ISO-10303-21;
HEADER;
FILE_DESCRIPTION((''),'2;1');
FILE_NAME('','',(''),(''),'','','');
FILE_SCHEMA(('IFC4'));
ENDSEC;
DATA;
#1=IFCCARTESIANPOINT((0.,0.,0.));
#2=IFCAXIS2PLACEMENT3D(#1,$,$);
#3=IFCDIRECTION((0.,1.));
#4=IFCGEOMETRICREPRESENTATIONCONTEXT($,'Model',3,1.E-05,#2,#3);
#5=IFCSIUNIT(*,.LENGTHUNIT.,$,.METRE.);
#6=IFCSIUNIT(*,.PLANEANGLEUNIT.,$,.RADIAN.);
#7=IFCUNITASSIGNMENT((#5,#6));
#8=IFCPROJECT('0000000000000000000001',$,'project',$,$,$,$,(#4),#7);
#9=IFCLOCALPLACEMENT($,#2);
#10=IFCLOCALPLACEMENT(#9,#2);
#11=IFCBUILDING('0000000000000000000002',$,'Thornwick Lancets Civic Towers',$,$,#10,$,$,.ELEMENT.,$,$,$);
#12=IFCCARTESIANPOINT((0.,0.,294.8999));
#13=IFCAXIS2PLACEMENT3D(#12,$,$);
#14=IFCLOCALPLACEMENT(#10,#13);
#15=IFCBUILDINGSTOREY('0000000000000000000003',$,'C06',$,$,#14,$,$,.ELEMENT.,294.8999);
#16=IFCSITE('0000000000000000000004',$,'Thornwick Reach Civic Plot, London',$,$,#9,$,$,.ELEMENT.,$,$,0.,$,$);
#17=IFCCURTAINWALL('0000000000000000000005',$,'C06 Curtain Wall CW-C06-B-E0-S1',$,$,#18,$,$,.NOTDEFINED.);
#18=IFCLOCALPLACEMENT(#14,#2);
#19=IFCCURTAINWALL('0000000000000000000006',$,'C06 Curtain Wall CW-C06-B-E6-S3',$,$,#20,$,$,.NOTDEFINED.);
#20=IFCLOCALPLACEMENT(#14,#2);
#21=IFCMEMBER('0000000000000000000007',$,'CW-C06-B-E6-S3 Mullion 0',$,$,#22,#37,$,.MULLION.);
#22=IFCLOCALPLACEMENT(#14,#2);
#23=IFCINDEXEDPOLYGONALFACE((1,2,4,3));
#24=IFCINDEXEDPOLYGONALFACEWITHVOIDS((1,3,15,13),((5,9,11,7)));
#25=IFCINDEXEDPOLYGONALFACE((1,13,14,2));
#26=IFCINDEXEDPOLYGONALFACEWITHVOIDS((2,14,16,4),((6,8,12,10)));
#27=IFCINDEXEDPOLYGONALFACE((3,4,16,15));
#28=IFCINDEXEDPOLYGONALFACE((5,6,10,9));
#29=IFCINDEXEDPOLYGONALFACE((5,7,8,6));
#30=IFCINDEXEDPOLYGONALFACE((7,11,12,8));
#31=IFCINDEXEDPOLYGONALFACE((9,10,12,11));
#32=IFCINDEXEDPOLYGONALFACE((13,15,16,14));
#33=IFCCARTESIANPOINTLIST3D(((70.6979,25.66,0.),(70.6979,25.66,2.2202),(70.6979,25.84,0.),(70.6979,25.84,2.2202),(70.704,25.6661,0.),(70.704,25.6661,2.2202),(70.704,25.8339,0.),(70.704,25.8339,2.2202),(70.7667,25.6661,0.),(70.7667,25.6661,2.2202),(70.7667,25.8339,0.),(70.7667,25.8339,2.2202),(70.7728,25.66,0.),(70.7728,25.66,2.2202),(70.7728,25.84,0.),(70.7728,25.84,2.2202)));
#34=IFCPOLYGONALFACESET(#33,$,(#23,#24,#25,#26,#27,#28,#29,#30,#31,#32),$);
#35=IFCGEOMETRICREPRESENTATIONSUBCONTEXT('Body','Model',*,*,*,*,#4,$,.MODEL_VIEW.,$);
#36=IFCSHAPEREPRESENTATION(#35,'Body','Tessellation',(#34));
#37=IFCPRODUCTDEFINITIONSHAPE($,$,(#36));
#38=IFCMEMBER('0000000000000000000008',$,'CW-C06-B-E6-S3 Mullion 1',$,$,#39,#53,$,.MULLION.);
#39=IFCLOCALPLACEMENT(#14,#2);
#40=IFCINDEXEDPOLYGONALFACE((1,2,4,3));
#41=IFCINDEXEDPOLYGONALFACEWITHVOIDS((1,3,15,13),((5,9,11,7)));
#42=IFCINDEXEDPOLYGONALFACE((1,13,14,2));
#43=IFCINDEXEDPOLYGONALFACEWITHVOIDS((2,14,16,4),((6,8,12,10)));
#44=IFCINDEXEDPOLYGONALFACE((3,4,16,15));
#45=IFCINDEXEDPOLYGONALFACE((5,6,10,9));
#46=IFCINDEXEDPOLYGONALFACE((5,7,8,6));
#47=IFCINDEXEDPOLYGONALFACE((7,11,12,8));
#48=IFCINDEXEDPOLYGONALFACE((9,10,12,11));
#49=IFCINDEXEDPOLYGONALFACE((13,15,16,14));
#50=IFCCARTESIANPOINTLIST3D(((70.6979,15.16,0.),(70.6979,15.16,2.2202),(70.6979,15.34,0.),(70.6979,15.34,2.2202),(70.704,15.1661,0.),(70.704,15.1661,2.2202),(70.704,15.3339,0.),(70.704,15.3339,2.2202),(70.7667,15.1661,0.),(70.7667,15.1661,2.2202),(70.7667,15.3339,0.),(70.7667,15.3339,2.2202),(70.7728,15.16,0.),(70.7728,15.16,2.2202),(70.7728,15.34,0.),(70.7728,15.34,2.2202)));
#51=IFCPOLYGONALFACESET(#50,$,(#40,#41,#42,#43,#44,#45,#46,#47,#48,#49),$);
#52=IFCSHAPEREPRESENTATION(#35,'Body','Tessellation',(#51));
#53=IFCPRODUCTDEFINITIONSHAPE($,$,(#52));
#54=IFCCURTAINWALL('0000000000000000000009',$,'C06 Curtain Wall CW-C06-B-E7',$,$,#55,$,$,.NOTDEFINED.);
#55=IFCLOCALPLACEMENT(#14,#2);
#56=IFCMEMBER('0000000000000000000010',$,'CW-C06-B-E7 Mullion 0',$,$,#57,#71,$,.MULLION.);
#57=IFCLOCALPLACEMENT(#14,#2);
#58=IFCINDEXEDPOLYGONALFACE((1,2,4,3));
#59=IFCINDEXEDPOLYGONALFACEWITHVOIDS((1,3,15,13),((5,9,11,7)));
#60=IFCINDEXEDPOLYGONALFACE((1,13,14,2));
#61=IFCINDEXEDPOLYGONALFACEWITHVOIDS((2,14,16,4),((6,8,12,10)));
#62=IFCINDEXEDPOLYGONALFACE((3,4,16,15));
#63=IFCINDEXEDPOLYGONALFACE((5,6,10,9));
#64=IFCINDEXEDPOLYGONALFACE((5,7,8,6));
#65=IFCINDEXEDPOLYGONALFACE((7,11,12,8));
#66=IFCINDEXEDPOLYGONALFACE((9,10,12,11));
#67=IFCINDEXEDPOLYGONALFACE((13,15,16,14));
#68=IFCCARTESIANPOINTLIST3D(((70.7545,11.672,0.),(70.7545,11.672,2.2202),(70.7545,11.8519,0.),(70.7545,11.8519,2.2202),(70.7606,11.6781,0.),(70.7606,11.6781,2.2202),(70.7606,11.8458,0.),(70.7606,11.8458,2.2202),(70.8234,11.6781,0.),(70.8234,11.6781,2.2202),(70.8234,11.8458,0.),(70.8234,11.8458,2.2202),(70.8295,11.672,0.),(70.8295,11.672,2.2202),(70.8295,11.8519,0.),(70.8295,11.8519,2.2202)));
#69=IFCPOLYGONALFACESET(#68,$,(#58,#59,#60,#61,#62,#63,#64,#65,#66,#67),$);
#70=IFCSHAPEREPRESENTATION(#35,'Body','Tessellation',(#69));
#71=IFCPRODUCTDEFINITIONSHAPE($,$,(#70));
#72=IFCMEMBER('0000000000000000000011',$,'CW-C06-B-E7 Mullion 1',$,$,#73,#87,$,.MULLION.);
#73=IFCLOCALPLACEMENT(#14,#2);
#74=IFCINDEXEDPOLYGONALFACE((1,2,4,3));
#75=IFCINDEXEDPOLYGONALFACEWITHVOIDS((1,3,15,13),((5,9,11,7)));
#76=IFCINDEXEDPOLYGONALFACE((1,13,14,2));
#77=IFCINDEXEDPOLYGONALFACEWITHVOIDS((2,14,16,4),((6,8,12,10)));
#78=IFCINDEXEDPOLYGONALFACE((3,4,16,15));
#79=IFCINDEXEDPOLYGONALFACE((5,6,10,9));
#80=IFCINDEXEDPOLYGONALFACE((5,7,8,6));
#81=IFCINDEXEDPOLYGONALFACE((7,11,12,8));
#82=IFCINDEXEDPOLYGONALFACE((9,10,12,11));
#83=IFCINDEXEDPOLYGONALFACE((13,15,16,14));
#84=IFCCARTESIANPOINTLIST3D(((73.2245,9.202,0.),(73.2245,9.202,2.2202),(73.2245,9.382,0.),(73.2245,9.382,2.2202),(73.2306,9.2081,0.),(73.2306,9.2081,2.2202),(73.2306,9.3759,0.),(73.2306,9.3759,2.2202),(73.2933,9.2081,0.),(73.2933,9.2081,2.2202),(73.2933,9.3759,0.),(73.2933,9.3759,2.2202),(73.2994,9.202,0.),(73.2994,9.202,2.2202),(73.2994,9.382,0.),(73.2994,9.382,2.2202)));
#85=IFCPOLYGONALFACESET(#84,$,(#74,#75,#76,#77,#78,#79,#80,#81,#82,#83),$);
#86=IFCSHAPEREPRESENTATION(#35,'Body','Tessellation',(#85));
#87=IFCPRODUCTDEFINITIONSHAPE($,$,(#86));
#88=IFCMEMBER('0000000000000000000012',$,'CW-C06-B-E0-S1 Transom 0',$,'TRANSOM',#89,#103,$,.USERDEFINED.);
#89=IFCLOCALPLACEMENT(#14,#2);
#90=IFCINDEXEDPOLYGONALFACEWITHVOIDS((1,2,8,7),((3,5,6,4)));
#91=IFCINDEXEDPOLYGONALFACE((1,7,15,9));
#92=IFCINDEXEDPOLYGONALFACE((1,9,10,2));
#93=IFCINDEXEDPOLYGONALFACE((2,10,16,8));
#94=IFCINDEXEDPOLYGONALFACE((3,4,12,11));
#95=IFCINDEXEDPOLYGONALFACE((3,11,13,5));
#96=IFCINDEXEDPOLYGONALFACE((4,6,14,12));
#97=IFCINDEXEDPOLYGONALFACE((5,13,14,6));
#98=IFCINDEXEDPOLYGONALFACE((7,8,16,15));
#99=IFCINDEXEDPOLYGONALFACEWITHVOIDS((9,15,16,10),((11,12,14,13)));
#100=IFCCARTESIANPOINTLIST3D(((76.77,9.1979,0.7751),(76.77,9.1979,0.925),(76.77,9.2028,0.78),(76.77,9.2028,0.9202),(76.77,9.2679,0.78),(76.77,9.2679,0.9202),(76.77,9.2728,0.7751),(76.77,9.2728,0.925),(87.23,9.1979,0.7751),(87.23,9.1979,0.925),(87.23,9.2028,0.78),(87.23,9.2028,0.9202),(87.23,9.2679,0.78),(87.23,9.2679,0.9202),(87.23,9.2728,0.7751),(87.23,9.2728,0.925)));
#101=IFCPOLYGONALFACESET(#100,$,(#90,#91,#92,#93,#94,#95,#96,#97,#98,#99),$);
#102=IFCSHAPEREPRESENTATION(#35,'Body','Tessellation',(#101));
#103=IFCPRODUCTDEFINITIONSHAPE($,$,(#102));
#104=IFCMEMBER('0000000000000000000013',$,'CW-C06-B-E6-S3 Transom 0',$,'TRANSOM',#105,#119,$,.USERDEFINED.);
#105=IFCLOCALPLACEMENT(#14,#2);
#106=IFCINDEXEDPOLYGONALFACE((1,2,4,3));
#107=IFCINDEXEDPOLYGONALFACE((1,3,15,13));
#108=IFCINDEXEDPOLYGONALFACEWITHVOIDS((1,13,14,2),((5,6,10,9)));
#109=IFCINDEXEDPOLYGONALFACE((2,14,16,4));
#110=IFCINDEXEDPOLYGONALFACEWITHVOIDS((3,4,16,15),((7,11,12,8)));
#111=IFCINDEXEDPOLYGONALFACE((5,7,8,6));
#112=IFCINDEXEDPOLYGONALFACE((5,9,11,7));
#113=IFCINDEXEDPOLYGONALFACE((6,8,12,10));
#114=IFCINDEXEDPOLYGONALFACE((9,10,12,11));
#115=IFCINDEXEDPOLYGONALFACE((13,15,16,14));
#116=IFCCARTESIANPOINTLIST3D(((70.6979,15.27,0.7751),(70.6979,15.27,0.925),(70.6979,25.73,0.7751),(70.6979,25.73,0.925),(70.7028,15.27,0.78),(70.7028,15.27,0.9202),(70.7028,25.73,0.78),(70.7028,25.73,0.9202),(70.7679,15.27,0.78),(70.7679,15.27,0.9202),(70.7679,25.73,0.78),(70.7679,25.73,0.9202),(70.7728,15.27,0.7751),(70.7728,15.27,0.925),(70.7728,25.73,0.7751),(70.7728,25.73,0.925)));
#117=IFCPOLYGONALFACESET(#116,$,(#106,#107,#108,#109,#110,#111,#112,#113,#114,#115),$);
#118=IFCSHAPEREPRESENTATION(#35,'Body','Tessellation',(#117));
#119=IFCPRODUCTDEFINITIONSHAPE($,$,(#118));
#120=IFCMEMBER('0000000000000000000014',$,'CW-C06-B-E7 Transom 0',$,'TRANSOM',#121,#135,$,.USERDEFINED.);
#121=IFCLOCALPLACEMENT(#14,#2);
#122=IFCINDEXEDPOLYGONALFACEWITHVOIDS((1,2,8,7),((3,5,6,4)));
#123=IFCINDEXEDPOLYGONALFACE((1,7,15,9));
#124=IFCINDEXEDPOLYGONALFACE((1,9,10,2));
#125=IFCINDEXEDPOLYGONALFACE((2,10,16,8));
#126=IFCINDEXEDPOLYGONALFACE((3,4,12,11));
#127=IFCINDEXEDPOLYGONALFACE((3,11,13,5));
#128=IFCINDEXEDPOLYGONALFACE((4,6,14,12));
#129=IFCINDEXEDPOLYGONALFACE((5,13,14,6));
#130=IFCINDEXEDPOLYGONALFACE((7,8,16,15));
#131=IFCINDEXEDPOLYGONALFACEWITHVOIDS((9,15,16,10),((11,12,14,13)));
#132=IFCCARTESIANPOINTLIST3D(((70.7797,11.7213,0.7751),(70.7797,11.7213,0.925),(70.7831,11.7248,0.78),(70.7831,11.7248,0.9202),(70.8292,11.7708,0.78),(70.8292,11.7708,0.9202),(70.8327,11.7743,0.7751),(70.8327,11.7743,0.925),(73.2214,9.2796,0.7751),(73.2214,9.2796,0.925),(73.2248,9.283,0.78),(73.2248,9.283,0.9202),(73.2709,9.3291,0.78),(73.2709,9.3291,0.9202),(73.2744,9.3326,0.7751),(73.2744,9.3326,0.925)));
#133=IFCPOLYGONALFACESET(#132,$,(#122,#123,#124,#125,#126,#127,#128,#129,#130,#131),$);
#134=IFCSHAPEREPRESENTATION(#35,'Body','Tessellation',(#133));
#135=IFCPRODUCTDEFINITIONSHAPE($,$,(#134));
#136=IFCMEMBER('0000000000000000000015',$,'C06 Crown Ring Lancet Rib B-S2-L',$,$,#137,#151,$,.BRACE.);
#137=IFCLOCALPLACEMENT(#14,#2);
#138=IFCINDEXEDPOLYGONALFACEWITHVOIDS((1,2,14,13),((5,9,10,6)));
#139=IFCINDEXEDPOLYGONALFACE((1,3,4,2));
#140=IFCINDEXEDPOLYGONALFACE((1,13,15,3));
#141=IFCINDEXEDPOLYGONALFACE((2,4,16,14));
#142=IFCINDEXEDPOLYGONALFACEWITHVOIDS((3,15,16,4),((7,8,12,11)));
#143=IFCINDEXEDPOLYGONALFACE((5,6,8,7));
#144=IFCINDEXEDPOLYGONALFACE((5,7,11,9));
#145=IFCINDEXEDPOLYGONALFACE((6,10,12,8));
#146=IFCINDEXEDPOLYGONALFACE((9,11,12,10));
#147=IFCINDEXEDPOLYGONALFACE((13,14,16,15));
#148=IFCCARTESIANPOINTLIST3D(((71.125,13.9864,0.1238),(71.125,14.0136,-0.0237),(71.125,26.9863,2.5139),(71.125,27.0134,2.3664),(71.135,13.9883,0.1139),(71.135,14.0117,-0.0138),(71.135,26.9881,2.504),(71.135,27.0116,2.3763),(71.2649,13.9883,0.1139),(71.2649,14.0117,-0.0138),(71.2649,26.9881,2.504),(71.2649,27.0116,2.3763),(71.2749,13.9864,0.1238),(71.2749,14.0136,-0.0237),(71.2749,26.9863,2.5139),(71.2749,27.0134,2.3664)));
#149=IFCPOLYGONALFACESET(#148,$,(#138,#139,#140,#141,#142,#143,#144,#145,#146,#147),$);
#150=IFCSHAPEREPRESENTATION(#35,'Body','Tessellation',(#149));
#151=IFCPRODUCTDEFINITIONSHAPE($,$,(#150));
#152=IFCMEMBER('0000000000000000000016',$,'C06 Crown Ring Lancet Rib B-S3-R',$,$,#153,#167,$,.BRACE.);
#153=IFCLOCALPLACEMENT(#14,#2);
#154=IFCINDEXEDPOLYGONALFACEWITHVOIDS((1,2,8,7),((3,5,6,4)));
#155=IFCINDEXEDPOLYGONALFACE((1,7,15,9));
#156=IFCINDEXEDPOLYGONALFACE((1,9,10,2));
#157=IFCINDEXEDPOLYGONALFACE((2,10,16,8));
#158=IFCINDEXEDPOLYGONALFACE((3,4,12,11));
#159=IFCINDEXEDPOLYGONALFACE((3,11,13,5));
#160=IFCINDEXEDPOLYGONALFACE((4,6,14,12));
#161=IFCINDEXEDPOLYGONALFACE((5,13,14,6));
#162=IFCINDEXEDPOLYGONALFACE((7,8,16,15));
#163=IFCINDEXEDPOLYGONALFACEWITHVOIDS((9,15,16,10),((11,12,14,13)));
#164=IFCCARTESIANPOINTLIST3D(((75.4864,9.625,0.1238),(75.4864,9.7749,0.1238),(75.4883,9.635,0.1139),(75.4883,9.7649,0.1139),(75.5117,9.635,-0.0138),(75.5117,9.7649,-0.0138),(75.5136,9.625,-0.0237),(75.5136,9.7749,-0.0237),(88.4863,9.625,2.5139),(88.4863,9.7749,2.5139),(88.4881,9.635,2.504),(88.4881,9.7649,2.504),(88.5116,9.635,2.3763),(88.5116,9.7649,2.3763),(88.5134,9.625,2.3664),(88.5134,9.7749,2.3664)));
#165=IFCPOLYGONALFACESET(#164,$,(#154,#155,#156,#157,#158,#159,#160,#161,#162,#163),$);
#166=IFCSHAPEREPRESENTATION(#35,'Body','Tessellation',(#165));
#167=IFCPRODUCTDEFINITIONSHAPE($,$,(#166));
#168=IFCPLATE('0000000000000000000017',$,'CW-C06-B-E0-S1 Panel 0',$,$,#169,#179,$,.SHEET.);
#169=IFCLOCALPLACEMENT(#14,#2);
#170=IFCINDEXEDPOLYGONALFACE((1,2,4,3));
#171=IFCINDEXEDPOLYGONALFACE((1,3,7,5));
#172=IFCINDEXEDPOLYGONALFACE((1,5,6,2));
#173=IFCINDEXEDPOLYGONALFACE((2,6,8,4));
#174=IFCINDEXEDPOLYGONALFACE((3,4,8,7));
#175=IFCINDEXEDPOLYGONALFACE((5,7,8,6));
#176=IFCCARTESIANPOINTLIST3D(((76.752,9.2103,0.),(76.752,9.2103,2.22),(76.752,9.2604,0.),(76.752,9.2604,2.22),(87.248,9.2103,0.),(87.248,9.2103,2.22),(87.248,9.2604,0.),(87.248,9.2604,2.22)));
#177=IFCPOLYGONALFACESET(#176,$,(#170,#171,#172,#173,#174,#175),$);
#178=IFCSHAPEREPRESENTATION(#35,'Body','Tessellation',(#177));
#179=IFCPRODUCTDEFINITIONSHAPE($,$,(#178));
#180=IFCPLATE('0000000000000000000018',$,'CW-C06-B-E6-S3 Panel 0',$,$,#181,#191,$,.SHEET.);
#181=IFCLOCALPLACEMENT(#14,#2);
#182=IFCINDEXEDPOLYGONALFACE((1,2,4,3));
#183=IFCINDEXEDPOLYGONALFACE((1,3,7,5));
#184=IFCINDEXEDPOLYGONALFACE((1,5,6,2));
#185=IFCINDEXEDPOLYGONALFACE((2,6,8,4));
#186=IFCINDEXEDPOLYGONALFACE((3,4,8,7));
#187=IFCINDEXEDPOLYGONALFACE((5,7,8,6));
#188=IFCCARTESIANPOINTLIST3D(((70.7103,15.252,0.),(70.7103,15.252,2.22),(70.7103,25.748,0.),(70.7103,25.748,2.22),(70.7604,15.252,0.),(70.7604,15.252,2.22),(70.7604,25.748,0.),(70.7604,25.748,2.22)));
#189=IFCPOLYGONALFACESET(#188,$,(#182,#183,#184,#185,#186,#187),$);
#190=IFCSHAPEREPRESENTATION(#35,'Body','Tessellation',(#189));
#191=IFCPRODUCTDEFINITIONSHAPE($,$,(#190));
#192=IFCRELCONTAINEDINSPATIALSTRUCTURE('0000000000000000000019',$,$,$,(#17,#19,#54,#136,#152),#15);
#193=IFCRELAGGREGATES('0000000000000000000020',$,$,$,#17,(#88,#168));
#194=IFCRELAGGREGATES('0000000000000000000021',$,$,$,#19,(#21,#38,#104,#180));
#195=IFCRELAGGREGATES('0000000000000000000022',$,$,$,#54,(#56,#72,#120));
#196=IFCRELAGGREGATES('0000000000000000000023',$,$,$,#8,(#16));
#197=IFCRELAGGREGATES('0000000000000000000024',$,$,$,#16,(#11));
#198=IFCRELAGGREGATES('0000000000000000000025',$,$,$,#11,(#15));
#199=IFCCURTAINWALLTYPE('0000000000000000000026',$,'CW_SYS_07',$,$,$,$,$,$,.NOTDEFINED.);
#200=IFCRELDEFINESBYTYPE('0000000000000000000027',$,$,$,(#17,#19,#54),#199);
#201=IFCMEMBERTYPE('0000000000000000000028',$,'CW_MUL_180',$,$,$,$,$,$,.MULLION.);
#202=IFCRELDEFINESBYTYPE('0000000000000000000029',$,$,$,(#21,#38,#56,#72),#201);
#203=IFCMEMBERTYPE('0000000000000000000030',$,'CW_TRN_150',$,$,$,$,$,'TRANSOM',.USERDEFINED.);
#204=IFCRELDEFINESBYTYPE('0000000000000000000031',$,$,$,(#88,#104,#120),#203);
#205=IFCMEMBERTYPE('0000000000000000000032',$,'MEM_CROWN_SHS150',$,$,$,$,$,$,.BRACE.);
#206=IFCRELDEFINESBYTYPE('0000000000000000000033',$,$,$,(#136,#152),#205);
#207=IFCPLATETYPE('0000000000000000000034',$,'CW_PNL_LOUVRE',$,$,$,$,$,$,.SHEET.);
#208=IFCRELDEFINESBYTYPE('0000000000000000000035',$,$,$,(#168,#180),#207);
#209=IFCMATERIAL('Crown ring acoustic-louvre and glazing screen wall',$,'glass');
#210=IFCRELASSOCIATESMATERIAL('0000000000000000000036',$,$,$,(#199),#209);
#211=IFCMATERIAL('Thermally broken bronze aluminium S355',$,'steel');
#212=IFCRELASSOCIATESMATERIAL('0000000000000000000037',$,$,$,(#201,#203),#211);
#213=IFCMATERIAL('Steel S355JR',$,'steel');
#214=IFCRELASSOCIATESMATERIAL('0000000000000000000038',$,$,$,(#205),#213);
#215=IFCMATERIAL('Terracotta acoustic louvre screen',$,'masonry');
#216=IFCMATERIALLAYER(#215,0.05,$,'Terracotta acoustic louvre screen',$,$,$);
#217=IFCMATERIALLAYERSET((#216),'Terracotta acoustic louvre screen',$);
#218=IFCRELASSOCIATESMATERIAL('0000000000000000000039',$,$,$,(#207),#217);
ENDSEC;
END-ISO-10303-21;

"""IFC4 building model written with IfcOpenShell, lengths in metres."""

from ifc_helpers import new_model, si_unit, direction, frame, origin, origin_2d, place, context, subcontext, project, spatial, rectangle, hollow_rectangle, extrude, material, layer, layer_set, material_profile, profile_set, type_object, element, aggregate, save


model = new_model("IFC4")

# Units and contexts
model_context = context("Model", 3, precision=1e-05, world=origin(), true_north=direction((0.0, 1.0)))
body_context = subcontext(model_context, "Body", "Model", "MODEL_VIEW")
ifc_project = project(units=[si_unit("LENGTHUNIT", "METRE"), si_unit("PLANEANGLEUNIT", "RADIAN")], contexts=[model_context])

# Site, building, storey
site_placement = place(None, origin())
site = spatial("IfcSite", under=ifc_project, at=site_placement, Name="Thornwick Reach Civic Plot, London", CompositionType="ELEMENT", RefElevation=0.0)
building_placement = place(site_placement, origin())
building = spatial("IfcBuilding", under=site, at=building_placement, Name="Thornwick Lancets Civic Towers", CompositionType="ELEMENT")
storey_placement = place(building_placement, frame((0.0, 0.0, 294.8999)))
storey = spatial("IfcBuildingStorey", under=building, at=storey_placement, Name="C06", CompositionType="ELEMENT", Elevation=294.8999)

# Shared definitions
ifc_material_1 = material(Name="Steel S355JR", Category="steel")

# Curtain walls, members
ifc_material_2 = material(Name="Crown ring acoustic-louvre and glazing screen wall", Category="glass")
curtain_wall_type = type_object("IfcCurtainWallType", Name="CW_SYS_07", PredefinedType="NOTDEFINED", material=ifc_material_2)
curtain_wall_1_placement = place(storey_placement, origin())
curtain_wall_1 = element("IfcCurtainWall", 1, at=curtain_wall_1_placement, inside=storey, type_object=curtain_wall_type, Name="C06 Curtain Wall CW-C06-B-E0-S1", PredefinedType="NOTDEFINED")
ifc_material_3 = material(Name="Thermally broken bronze aluminium S355", Category="steel")
ifc_material_profile_1 = material_profile(ifc_material_3, hollow_rectangle(XDim=0.075, YDim=0.1799, WallThickness=0.0061, at=origin_2d()), Name="RHS 180x75x6")
ifc_profile_set_1 = profile_set([ifc_material_profile_1], Name="Thermally broken bronze aluminium S355")
member_type_1 = type_object("IfcMemberType", Name="CW_MUL_180", PredefinedType="MULLION", material=ifc_profile_set_1)
curtain_wall_2_placement = place(storey_placement, origin())
curtain_wall_2 = element("IfcCurtainWall", 2, at=curtain_wall_2_placement, inside=storey, type_object=curtain_wall_type, Name="C06 Curtain Wall CW-C06-B-E6-S3", PredefinedType="NOTDEFINED")
member_1_placement = place(storey_placement, frame((70.7354, 25.75, 0.0), z_axis=(0.0, 0.0, 1.0), x_axis=(1.0, 0.0, 0.0)))
member_1 = element("IfcMember", 3, at=member_1_placement, type_object=member_type_1, Name="CW-C06-B-E6-S3 Mullion 0", PredefinedType="MULLION", context=body_context, shape_type="SweptSolid", body=[
    extrude(hollow_rectangle(XDim=0.075, YDim=0.1799, WallThickness=0.0061, at=origin_2d()), origin(), (0.0, 0.0, 1.0), 2.2202),
])
member_2_placement = place(storey_placement, frame((70.7354, 15.25, 0.0), z_axis=(0.0, 0.0, 1.0), x_axis=(1.0, 0.0, 0.0)))
member_2 = element("IfcMember", 4, at=member_2_placement, type_object=member_type_1, Name="CW-C06-B-E6-S3 Mullion 1", PredefinedType="MULLION", context=body_context, shape_type="SweptSolid", body=[
    extrude(hollow_rectangle(XDim=0.075, YDim=0.1799, WallThickness=0.0061, at=origin_2d()), origin(), (0.0, 0.0, 1.0), 2.2202),
])
curtain_wall_3_placement = place(storey_placement, origin())
curtain_wall_3 = element("IfcCurtainWall", 5, at=curtain_wall_3_placement, inside=storey, type_object=curtain_wall_type, Name="C06 Curtain Wall CW-C06-B-E7", PredefinedType="NOTDEFINED")
member_3_placement = place(storey_placement, frame((70.792, 11.762, 0.0), z_axis=(0.0, 0.0, 1.0), x_axis=(1.0, 0.0, 0.0)))
member_3 = element("IfcMember", 6, at=member_3_placement, type_object=member_type_1, Name="CW-C06-B-E7 Mullion 0", PredefinedType="MULLION", context=body_context, shape_type="SweptSolid", body=[
    extrude(hollow_rectangle(XDim=0.075, YDim=0.1799, WallThickness=0.0061, at=origin_2d()), origin(), (0.0, 0.0, 1.0), 2.2202),
])
member_4_placement = place(storey_placement, frame((73.262, 9.292, 0.0), z_axis=(0.0, 0.0, 1.0), x_axis=(1.0, 0.0, 0.0)))
member_4 = element("IfcMember", 7, at=member_4_placement, type_object=member_type_1, Name="CW-C06-B-E7 Mullion 1", PredefinedType="MULLION", context=body_context, shape_type="SweptSolid", body=[
    extrude(hollow_rectangle(XDim=0.075, YDim=0.1799, WallThickness=0.0061, at=origin_2d()), origin(), (0.0, 0.0, 1.0), 2.2202),
])

# Members
ifc_material_profile_2 = material_profile(ifc_material_3, hollow_rectangle(XDim=0.075, YDim=0.1499, WallThickness=0.0049, at=origin_2d()), Name="RHS 150x75x5")
ifc_profile_set_2 = profile_set([ifc_material_profile_2], Name="Thermally broken bronze aluminium S355")
member_type_2 = type_object("IfcMemberType", Name="CW_TRN_150", ElementType="TRANSOM", PredefinedType="USERDEFINED", material=ifc_profile_set_2)
member_5_placement = place(storey_placement, frame((76.77, 9.2354, 0.8501), z_axis=(1.0, 0.0, 0.0), x_axis=(0.0, 1.0, 0.0)))
member_5 = element("IfcMember", 8, at=member_5_placement, type_object=member_type_2, Name="CW-C06-B-E0-S1 Transom 0", ObjectType="TRANSOM", PredefinedType="USERDEFINED", context=body_context, shape_type="SweptSolid", body=[
    extrude(hollow_rectangle(XDim=0.075, YDim=0.1499, WallThickness=0.0049, at=origin_2d()), origin(), (0.0, 0.0, 1.0), 10.46),
])
member_6_placement = place(storey_placement, frame((70.7354, 25.73, 0.8501), z_axis=(0.0, -1.0, 0.0), x_axis=(1.0, 0.0, 0.0)))
member_6 = element("IfcMember", 9, at=member_6_placement, type_object=member_type_2, Name="CW-C06-B-E6-S3 Transom 0", ObjectType="TRANSOM", PredefinedType="USERDEFINED", context=body_context, shape_type="SweptSolid", body=[
    extrude(hollow_rectangle(XDim=0.075, YDim=0.1499, WallThickness=0.0049, at=origin_2d()), origin(), (0.0, 0.0, 1.0), 10.46),
])
member_7_placement = place(storey_placement, frame((70.8062, 11.7478, 0.8501), z_axis=(0.707107, -0.707107, 0.0), x_axis=(0.707107, 0.707107, 0.0)))
member_7 = element("IfcMember", 10, at=member_7_placement, type_object=member_type_2, Name="CW-C06-B-E7 Transom 0", ObjectType="TRANSOM", PredefinedType="USERDEFINED", context=body_context, shape_type="SweptSolid", body=[
    extrude(hollow_rectangle(XDim=0.075, YDim=0.1499, WallThickness=0.0049, at=origin_2d()), origin(), (0.0, 0.0, 1.0), 3.4531),
])

# Members
ifc_material_profile_3 = material_profile(ifc_material_1, hollow_rectangle(XDim=0.1499, YDim=0.1499, WallThickness=0.01, at=origin_2d()), Name="SHS 150x150x10")
ifc_profile_set_3 = profile_set([ifc_material_profile_3], Name="Steel S355JR")
member_type_3 = type_object("IfcMemberType", Name="MEM_CROWN_SHS150", PredefinedType="BRACE", material=ifc_profile_set_3)
for number, where, z_axis, x_axis, name in (
    (11, (71.2, 14.0, 0.05), (0.0, 0.983515, 0.180826), (-1.0, 0.0, 0.0), "C06 Crown Ring Lancet Rib B-S2-L"),
    (12, (75.5, 9.7, 0.05), (0.983515, 0.0, 0.180826), (0.0, 1.0, 0.0), "C06 Crown Ring Lancet Rib B-S3-R"),
):
    element("IfcMember", number, at=place(storey_placement, frame(where, z_axis=z_axis, x_axis=x_axis)), inside=storey, type_object=member_type_3, Name=name, PredefinedType="BRACE", context=body_context, shape_type="SweptSolid", body=[
        extrude(hollow_rectangle(XDim=0.1499, YDim=0.1499, WallThickness=0.01, at=origin_2d()), origin(), (0.0, 0.0, 1.0), 13.2178),
    ])

# Plates
ifc_material_4 = material(Name="Terracotta acoustic louvre screen", Category="masonry")
ifc_layer_1 = layer(ifc_material_4, 0.05, Name="Terracotta acoustic louvre screen")
ifc_layer_set_1 = layer_set([ifc_layer_1], Name="Terracotta acoustic louvre screen")
plate_type_1 = type_object("IfcPlateType", Name="CW_PNL_LOUVRE", PredefinedType="SHEET", material=ifc_layer_set_1)
plate_1_placement = place(storey_placement, frame((82.0, 9.2354, 0.0), z_axis=(0.0, 0.0, 1.0), x_axis=(1.0, 0.0, 0.0)))
plate_1 = element("IfcPlate", 13, at=plate_1_placement, type_object=plate_type_1, Name="CW-C06-B-E0-S1 Panel 0", PredefinedType="SHEET", context=body_context, shape_type="SweptSolid", body=[
    extrude(rectangle(XDim=10.4961, YDim=0.05, at=origin_2d()), origin(), (0.0, 0.0, 1.0), 2.22),
])
aggregate(curtain_wall_1, [member_5, plate_1])
plate_2_placement = place(storey_placement, frame((70.7354, 20.5, 0.0), z_axis=(0.0, 0.0, 1.0), x_axis=(0.0, -1.0, 0.0)))
plate_2 = element("IfcPlate", 14, at=plate_2_placement, type_object=plate_type_1, Name="CW-C06-B-E6-S3 Panel 0", PredefinedType="SHEET", context=body_context, shape_type="SweptSolid", body=[
    extrude(rectangle(XDim=10.4961, YDim=0.05, at=origin_2d()), origin(), (0.0, 0.0, 1.0), 2.22),
])
aggregate(curtain_wall_2, [member_1, member_2, member_6, plate_2])
aggregate(curtain_wall_3, [member_3, member_4, member_7])

save(model, "model.ifc")
